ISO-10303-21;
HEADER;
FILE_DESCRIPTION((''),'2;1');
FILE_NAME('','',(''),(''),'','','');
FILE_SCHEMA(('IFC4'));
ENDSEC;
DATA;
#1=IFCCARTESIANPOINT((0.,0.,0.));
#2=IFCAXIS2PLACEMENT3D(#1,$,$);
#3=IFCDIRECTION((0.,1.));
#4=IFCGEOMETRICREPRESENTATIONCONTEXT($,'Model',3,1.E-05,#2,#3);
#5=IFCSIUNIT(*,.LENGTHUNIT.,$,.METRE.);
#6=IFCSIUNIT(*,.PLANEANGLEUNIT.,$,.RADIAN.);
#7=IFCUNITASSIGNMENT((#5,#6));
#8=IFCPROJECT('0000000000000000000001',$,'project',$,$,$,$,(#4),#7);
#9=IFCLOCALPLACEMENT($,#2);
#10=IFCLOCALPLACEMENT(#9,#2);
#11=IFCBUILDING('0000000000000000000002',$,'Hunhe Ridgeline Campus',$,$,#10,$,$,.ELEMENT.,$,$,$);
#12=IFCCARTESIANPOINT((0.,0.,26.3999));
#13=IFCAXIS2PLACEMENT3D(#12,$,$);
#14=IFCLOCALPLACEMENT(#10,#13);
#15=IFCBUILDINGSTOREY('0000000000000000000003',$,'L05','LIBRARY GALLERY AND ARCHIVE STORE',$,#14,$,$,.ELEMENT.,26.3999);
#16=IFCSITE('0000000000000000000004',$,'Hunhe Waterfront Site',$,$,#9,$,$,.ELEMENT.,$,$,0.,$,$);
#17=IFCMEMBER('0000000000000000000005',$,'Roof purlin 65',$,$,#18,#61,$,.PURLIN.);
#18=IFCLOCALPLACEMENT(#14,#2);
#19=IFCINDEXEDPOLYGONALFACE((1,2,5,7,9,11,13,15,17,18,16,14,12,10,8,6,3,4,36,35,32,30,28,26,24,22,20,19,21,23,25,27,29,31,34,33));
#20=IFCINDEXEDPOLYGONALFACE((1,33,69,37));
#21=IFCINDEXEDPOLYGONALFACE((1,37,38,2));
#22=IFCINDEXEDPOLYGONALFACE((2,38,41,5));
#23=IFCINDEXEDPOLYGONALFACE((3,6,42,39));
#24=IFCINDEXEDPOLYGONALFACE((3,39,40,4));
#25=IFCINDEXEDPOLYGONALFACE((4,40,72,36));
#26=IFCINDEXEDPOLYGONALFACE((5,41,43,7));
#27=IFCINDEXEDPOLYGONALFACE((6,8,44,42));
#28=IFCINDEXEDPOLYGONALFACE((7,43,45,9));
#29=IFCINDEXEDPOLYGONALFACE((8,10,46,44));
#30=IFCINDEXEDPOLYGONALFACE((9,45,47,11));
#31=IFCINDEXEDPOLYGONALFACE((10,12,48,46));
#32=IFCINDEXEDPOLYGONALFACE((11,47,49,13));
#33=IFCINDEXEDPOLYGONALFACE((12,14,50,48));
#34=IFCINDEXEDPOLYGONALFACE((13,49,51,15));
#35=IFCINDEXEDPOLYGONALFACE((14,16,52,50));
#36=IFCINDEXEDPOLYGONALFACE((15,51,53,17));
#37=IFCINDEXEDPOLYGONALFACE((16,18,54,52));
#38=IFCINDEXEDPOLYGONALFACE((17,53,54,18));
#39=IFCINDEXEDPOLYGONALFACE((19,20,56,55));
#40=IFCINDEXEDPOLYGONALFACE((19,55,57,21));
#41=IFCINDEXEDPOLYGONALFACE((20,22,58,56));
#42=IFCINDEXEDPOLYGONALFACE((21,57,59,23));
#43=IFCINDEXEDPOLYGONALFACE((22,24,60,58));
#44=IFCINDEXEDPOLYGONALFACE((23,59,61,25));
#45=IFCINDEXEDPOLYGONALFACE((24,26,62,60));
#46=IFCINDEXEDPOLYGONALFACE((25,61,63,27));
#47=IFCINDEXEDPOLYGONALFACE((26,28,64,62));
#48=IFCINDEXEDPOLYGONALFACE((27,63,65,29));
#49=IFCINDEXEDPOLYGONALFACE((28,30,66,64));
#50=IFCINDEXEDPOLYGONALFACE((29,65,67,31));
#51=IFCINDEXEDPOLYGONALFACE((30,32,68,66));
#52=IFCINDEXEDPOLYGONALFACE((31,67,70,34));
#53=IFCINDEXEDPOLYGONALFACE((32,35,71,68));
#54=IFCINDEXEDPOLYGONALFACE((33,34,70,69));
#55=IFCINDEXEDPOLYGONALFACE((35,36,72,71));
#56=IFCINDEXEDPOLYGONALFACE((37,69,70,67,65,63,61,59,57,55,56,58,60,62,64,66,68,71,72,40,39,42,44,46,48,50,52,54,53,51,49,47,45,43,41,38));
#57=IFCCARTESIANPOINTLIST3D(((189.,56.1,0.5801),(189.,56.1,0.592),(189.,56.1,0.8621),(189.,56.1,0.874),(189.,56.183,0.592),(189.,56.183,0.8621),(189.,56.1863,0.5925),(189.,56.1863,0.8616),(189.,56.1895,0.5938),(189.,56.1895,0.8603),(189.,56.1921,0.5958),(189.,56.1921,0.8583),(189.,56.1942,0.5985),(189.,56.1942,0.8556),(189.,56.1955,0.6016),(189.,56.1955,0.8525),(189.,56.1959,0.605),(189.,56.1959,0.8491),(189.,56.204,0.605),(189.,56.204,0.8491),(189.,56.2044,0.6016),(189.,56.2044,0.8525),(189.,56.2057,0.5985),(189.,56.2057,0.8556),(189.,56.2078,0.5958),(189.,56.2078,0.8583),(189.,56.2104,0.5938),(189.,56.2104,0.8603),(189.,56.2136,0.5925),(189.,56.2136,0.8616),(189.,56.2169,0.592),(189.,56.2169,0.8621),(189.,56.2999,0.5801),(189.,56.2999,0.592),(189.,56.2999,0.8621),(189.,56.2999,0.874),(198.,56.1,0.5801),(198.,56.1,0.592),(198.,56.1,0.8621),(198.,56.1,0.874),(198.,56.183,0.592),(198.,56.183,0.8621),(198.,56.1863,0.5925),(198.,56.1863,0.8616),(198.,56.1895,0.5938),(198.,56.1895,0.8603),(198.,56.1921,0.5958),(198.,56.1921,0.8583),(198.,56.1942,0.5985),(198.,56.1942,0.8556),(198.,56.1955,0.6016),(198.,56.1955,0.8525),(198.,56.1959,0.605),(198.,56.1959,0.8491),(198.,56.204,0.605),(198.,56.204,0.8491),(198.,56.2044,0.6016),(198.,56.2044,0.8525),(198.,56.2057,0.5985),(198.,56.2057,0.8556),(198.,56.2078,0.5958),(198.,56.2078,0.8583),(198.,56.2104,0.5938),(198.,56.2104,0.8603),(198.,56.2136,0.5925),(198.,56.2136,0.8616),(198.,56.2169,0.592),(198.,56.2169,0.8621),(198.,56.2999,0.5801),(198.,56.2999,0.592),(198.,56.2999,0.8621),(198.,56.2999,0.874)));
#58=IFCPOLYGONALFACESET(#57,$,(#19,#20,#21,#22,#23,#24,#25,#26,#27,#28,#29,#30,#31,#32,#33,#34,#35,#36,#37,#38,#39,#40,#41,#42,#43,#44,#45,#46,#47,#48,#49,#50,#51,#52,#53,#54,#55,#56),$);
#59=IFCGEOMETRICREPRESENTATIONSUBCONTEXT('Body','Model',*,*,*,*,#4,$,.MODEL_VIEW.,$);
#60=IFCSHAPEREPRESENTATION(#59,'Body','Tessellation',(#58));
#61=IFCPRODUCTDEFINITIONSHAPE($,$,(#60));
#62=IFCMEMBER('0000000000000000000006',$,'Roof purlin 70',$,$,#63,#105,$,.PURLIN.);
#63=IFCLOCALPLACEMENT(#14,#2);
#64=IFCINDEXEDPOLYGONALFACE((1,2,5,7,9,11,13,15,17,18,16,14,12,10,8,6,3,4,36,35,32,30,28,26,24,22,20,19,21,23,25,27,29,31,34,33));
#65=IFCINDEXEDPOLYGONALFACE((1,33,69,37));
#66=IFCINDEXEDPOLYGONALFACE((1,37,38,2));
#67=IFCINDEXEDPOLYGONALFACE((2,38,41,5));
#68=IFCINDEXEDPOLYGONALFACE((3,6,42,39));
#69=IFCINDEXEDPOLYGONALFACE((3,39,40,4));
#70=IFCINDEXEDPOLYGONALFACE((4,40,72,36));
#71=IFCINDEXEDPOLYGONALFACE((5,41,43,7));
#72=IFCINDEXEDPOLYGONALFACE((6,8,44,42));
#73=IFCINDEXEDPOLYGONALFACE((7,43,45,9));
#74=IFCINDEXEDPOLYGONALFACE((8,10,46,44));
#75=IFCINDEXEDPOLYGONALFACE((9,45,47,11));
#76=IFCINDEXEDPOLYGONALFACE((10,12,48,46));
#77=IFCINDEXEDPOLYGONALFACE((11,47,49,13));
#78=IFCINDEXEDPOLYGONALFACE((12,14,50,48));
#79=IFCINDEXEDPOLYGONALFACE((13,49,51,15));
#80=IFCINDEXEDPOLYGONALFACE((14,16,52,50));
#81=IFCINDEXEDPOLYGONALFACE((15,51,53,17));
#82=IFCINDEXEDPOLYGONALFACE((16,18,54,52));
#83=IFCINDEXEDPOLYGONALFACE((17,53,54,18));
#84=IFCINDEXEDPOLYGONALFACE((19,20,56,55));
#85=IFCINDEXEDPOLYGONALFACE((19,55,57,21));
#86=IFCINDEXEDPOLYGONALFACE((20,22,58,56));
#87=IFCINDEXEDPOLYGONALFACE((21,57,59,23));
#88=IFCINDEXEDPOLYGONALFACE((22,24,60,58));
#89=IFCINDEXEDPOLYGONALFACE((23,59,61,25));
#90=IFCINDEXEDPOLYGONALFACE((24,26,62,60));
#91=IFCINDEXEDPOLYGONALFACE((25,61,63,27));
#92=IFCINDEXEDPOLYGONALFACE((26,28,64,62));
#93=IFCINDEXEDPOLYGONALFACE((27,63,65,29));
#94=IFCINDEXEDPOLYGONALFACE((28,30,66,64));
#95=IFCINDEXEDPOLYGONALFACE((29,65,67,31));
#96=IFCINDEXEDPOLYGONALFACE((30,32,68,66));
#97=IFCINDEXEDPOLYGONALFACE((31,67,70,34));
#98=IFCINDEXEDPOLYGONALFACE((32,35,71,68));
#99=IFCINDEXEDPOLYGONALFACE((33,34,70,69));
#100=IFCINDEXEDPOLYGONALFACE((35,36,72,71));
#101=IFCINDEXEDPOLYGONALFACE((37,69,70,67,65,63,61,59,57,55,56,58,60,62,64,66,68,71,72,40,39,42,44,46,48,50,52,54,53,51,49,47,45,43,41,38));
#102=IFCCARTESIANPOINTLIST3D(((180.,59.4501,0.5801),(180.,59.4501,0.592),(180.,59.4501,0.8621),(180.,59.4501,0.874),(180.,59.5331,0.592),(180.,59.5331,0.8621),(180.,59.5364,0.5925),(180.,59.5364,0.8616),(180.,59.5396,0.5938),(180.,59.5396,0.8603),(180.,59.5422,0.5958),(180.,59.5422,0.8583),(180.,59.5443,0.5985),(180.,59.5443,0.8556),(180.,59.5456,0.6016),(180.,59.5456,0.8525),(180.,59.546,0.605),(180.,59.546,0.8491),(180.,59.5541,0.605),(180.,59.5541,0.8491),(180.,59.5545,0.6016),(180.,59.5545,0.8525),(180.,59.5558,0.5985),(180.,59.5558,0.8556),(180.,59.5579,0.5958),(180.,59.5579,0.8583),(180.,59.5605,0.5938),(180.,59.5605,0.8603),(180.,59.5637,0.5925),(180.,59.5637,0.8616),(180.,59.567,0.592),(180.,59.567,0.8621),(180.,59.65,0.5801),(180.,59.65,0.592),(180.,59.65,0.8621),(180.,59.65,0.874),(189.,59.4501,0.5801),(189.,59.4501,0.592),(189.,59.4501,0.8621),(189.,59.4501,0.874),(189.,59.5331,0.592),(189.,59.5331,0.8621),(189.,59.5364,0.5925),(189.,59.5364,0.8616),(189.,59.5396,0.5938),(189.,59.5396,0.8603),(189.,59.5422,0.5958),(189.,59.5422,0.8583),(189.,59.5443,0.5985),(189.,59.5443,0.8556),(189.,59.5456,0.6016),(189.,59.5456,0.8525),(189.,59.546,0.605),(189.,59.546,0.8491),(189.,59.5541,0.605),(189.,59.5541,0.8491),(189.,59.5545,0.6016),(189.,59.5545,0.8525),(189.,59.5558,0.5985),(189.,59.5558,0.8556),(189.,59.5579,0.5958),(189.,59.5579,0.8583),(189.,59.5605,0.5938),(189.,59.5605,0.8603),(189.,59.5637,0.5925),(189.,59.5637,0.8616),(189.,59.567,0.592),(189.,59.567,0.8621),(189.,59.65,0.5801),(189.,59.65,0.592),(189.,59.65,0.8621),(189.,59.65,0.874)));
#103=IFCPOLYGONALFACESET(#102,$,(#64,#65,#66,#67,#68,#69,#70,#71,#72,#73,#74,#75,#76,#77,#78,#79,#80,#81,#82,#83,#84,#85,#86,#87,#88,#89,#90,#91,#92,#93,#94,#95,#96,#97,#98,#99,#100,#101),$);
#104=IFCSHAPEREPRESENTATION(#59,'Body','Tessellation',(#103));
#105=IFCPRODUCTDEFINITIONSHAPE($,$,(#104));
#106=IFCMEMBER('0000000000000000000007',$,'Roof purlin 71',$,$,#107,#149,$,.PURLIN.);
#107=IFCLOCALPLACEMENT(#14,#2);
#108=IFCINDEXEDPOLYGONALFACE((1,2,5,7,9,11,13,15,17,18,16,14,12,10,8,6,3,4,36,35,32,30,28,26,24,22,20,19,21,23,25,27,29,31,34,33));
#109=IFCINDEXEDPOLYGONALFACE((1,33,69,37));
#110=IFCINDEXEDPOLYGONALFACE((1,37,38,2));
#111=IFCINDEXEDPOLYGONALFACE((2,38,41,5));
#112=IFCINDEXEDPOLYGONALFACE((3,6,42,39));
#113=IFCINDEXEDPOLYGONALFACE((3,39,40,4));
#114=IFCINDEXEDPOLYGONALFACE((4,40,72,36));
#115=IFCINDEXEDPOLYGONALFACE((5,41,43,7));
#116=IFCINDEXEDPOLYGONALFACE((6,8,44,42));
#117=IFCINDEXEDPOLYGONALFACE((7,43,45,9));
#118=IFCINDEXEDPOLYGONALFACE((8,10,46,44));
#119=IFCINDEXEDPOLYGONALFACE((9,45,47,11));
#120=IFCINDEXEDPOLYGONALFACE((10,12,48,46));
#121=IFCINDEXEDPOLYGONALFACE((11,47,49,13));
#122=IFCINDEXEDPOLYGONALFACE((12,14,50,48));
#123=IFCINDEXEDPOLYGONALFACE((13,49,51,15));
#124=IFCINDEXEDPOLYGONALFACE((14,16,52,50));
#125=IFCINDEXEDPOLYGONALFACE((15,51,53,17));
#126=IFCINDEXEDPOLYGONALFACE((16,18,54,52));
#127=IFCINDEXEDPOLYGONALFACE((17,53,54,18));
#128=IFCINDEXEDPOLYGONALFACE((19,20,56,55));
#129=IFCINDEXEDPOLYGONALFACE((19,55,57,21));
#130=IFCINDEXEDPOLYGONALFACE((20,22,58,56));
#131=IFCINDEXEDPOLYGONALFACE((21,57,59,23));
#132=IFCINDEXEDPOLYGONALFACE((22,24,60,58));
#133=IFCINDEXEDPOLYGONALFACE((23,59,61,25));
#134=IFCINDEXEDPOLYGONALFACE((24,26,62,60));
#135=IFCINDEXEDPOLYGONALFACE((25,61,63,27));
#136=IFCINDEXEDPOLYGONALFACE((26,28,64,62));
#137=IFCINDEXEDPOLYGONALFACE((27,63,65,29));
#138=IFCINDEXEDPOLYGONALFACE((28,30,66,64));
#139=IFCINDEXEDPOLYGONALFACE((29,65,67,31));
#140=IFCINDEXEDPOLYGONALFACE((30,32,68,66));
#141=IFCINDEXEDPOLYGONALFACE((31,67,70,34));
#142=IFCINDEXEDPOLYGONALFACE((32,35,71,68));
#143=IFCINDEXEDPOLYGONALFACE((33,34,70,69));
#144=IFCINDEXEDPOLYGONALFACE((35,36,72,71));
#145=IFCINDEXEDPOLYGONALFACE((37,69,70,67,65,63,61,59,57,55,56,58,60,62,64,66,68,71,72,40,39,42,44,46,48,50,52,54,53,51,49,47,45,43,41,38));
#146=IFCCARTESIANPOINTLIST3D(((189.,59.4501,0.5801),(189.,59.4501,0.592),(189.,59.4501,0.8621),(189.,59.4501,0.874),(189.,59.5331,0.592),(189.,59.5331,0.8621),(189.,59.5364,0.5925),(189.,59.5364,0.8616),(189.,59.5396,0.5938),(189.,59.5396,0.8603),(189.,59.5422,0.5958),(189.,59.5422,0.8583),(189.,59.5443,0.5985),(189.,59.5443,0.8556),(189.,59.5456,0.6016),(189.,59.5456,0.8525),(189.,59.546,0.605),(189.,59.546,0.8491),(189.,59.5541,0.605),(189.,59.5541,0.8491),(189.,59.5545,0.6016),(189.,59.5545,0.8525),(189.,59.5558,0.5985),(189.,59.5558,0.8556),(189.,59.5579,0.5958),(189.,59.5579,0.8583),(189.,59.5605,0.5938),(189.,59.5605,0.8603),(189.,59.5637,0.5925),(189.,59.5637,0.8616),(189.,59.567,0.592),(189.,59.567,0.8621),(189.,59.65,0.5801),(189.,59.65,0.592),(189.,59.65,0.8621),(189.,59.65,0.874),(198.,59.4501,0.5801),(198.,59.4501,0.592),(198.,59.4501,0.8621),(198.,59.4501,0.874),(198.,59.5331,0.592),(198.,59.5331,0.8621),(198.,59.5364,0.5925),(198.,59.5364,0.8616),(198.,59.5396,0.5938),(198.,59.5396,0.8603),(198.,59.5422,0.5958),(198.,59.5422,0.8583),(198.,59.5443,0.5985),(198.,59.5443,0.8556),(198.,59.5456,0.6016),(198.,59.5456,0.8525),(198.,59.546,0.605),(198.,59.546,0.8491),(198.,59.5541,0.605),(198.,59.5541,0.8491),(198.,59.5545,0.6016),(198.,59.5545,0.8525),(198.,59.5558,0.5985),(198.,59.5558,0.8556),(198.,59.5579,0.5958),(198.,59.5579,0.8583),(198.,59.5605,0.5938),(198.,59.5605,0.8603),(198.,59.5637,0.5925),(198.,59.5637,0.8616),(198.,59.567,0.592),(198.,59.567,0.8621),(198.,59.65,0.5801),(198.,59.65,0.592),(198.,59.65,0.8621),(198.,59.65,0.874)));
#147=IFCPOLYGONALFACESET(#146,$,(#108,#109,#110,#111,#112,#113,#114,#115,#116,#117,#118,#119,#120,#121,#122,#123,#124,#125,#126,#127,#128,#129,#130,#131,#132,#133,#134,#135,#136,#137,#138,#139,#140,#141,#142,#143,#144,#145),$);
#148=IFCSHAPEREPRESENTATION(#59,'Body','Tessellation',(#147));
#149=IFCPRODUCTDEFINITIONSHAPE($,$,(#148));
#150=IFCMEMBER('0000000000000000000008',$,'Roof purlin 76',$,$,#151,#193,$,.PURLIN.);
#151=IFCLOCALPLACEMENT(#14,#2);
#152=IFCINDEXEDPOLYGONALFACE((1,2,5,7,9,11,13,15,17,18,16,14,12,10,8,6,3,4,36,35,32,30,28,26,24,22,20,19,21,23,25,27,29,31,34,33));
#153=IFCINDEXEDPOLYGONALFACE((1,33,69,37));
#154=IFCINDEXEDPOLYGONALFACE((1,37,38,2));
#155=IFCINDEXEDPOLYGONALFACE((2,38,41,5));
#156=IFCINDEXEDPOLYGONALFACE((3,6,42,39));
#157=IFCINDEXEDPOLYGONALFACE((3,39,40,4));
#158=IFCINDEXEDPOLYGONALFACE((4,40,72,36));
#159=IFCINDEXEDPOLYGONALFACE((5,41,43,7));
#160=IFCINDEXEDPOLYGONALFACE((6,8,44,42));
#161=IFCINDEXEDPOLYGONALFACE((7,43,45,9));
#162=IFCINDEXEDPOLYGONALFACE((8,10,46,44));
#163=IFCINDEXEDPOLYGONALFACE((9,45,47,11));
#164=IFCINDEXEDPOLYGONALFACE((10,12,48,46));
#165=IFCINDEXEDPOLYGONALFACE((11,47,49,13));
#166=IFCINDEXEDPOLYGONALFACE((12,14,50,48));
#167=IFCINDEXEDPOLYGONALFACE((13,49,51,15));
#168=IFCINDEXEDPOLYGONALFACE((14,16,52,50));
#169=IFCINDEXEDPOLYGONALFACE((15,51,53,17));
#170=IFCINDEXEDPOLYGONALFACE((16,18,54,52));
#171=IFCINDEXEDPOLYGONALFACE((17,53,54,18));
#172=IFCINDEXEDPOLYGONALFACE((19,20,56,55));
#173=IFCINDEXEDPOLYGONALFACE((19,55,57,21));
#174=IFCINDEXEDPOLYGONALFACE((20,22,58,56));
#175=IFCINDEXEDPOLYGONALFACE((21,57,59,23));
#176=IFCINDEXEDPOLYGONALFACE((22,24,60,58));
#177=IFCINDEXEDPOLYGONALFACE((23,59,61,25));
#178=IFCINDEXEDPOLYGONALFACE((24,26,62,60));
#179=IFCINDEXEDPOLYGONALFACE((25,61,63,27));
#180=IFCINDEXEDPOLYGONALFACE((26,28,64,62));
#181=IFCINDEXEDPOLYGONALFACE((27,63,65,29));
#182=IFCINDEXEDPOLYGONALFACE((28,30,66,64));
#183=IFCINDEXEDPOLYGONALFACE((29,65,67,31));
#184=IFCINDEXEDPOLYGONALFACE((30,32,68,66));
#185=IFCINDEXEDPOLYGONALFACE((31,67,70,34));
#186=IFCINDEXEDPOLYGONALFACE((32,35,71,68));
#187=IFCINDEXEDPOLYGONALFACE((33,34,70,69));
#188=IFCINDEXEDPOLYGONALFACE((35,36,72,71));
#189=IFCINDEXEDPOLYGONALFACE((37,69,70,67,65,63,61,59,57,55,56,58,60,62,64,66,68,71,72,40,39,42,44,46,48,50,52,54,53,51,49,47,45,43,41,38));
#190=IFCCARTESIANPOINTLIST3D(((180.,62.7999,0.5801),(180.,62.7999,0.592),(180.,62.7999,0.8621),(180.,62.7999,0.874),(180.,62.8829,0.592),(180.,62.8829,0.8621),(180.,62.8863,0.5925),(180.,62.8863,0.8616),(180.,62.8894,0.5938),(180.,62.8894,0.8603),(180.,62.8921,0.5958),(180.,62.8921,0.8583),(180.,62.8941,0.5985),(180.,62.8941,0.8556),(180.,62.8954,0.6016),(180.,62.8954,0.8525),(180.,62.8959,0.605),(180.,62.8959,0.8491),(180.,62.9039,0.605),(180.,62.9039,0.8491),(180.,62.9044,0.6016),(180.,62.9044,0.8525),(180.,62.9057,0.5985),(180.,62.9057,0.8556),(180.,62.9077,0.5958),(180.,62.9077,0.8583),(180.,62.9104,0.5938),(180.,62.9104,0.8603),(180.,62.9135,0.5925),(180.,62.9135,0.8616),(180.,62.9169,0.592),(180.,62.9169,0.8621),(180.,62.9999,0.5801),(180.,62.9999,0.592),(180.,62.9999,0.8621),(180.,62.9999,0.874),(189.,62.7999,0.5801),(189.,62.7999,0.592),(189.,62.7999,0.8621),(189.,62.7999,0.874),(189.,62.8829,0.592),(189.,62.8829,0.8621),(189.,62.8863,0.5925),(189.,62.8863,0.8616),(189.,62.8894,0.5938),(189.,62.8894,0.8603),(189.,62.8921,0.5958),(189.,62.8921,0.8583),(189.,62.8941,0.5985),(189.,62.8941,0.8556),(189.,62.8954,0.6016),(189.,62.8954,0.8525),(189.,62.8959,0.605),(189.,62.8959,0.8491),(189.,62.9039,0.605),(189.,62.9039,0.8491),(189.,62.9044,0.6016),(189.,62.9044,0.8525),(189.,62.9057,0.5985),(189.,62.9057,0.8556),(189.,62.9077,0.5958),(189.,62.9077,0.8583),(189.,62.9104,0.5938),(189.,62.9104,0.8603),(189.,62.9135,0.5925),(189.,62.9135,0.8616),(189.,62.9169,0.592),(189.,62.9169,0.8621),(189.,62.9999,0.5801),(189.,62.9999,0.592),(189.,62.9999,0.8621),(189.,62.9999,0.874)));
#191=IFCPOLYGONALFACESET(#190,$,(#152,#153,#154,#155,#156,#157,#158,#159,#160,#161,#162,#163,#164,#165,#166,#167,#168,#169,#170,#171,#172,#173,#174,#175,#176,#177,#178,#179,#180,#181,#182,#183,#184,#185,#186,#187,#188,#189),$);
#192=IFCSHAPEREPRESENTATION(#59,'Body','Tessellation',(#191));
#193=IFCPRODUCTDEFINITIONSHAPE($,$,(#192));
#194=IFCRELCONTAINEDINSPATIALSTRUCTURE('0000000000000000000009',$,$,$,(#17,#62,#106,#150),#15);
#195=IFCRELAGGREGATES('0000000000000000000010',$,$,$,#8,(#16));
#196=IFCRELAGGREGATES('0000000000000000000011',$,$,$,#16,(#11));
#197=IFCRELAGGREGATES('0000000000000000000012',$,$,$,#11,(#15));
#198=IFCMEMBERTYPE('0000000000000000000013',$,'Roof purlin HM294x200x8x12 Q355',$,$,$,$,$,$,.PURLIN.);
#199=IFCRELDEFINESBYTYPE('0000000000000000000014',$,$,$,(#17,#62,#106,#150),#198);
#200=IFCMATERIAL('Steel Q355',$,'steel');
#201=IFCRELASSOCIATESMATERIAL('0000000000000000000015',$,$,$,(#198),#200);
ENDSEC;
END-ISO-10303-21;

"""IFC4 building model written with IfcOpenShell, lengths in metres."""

from ifc_helpers import new_model, si_unit, direction, frame, origin, origin_2d, place, context, subcontext, project, spatial, i_section, extrude, material, material_profile, profile_set, type_object, element, save


model = new_model("IFC4")

# Units and contexts
model_context = context("Model", 3, precision=1e-05, world=origin(), true_north=direction((0.0, 1.0)))
body_context = subcontext(model_context, "Body", "Model", "MODEL_VIEW")
ifc_project = project(units=[si_unit("LENGTHUNIT", "METRE"), si_unit("PLANEANGLEUNIT", "RADIAN")], contexts=[model_context])

# Site, building, storey
site_placement = place(None, origin())
site = spatial("IfcSite", under=ifc_project, at=site_placement, Name="Hunhe Waterfront Site", CompositionType="ELEMENT", RefElevation=0.0)
building_placement = place(site_placement, origin())
building = spatial("IfcBuilding", under=site, at=building_placement, Name="Hunhe Ridgeline Campus", CompositionType="ELEMENT")
storey_placement = place(building_placement, frame((0.0, 0.0, 26.3999)))
storey = spatial("IfcBuildingStorey", under=building, at=storey_placement, Name="L05", Description="LIBRARY GALLERY AND ARCHIVE STORE", CompositionType="ELEMENT", Elevation=26.3999)

# Members
ifc_material = material(Name="Steel Q355", Category="steel")
ifc_material_profile_1 = material_profile(ifc_material, i_section(OverallWidth=0.2, OverallDepth=0.2939, WebThickness=0.0081, FlangeThickness=0.012, FilletRadius=0.0129, at=origin_2d()))
ifc_profile_set_1 = profile_set([ifc_material_profile_1], Name="Steel Q355")
member_type_1 = type_object("IfcMemberType", Name="Roof purlin HM294x200x8x12 Q355", PredefinedType="PURLIN", material=ifc_profile_set_1)
for number, where, z_axis, x_axis, name in (
    (1, (189.0, 56.2, 0.7271), (1.0, 0.0, 0.0), (0.0, 1.0, 0.0), "Roof purlin 65"),
    (2, (180.0, 59.55, 0.7271), (1.0, 0.0, 0.0), (0.0, 1.0, 0.0), "Roof purlin 70"),
    (3, (189.0, 59.55, 0.7271), (1.0, 0.0, 0.0), (0.0, 1.0, 0.0), "Roof purlin 71"),
    (4, (180.0, 62.8999, 0.7271), (1.0, 0.0, 0.0), (0.0, 1.0, 0.0), "Roof purlin 76"),
):
    element("IfcMember", number, at=place(storey_placement, frame(where, z_axis=z_axis, x_axis=x_axis)), inside=storey, type_object=member_type_1, Name=name, PredefinedType="PURLIN", context=body_context, shape_type="SweptSolid", body=[
        extrude(i_section(OverallWidth=0.2, OverallDepth=0.2939, WebThickness=0.0081, FlangeThickness=0.012, FilletRadius=0.0129, at=origin_2d()), origin(), (0.0, 0.0, 1.0), 9.0),
    ])

save(model, "model.ifc")
